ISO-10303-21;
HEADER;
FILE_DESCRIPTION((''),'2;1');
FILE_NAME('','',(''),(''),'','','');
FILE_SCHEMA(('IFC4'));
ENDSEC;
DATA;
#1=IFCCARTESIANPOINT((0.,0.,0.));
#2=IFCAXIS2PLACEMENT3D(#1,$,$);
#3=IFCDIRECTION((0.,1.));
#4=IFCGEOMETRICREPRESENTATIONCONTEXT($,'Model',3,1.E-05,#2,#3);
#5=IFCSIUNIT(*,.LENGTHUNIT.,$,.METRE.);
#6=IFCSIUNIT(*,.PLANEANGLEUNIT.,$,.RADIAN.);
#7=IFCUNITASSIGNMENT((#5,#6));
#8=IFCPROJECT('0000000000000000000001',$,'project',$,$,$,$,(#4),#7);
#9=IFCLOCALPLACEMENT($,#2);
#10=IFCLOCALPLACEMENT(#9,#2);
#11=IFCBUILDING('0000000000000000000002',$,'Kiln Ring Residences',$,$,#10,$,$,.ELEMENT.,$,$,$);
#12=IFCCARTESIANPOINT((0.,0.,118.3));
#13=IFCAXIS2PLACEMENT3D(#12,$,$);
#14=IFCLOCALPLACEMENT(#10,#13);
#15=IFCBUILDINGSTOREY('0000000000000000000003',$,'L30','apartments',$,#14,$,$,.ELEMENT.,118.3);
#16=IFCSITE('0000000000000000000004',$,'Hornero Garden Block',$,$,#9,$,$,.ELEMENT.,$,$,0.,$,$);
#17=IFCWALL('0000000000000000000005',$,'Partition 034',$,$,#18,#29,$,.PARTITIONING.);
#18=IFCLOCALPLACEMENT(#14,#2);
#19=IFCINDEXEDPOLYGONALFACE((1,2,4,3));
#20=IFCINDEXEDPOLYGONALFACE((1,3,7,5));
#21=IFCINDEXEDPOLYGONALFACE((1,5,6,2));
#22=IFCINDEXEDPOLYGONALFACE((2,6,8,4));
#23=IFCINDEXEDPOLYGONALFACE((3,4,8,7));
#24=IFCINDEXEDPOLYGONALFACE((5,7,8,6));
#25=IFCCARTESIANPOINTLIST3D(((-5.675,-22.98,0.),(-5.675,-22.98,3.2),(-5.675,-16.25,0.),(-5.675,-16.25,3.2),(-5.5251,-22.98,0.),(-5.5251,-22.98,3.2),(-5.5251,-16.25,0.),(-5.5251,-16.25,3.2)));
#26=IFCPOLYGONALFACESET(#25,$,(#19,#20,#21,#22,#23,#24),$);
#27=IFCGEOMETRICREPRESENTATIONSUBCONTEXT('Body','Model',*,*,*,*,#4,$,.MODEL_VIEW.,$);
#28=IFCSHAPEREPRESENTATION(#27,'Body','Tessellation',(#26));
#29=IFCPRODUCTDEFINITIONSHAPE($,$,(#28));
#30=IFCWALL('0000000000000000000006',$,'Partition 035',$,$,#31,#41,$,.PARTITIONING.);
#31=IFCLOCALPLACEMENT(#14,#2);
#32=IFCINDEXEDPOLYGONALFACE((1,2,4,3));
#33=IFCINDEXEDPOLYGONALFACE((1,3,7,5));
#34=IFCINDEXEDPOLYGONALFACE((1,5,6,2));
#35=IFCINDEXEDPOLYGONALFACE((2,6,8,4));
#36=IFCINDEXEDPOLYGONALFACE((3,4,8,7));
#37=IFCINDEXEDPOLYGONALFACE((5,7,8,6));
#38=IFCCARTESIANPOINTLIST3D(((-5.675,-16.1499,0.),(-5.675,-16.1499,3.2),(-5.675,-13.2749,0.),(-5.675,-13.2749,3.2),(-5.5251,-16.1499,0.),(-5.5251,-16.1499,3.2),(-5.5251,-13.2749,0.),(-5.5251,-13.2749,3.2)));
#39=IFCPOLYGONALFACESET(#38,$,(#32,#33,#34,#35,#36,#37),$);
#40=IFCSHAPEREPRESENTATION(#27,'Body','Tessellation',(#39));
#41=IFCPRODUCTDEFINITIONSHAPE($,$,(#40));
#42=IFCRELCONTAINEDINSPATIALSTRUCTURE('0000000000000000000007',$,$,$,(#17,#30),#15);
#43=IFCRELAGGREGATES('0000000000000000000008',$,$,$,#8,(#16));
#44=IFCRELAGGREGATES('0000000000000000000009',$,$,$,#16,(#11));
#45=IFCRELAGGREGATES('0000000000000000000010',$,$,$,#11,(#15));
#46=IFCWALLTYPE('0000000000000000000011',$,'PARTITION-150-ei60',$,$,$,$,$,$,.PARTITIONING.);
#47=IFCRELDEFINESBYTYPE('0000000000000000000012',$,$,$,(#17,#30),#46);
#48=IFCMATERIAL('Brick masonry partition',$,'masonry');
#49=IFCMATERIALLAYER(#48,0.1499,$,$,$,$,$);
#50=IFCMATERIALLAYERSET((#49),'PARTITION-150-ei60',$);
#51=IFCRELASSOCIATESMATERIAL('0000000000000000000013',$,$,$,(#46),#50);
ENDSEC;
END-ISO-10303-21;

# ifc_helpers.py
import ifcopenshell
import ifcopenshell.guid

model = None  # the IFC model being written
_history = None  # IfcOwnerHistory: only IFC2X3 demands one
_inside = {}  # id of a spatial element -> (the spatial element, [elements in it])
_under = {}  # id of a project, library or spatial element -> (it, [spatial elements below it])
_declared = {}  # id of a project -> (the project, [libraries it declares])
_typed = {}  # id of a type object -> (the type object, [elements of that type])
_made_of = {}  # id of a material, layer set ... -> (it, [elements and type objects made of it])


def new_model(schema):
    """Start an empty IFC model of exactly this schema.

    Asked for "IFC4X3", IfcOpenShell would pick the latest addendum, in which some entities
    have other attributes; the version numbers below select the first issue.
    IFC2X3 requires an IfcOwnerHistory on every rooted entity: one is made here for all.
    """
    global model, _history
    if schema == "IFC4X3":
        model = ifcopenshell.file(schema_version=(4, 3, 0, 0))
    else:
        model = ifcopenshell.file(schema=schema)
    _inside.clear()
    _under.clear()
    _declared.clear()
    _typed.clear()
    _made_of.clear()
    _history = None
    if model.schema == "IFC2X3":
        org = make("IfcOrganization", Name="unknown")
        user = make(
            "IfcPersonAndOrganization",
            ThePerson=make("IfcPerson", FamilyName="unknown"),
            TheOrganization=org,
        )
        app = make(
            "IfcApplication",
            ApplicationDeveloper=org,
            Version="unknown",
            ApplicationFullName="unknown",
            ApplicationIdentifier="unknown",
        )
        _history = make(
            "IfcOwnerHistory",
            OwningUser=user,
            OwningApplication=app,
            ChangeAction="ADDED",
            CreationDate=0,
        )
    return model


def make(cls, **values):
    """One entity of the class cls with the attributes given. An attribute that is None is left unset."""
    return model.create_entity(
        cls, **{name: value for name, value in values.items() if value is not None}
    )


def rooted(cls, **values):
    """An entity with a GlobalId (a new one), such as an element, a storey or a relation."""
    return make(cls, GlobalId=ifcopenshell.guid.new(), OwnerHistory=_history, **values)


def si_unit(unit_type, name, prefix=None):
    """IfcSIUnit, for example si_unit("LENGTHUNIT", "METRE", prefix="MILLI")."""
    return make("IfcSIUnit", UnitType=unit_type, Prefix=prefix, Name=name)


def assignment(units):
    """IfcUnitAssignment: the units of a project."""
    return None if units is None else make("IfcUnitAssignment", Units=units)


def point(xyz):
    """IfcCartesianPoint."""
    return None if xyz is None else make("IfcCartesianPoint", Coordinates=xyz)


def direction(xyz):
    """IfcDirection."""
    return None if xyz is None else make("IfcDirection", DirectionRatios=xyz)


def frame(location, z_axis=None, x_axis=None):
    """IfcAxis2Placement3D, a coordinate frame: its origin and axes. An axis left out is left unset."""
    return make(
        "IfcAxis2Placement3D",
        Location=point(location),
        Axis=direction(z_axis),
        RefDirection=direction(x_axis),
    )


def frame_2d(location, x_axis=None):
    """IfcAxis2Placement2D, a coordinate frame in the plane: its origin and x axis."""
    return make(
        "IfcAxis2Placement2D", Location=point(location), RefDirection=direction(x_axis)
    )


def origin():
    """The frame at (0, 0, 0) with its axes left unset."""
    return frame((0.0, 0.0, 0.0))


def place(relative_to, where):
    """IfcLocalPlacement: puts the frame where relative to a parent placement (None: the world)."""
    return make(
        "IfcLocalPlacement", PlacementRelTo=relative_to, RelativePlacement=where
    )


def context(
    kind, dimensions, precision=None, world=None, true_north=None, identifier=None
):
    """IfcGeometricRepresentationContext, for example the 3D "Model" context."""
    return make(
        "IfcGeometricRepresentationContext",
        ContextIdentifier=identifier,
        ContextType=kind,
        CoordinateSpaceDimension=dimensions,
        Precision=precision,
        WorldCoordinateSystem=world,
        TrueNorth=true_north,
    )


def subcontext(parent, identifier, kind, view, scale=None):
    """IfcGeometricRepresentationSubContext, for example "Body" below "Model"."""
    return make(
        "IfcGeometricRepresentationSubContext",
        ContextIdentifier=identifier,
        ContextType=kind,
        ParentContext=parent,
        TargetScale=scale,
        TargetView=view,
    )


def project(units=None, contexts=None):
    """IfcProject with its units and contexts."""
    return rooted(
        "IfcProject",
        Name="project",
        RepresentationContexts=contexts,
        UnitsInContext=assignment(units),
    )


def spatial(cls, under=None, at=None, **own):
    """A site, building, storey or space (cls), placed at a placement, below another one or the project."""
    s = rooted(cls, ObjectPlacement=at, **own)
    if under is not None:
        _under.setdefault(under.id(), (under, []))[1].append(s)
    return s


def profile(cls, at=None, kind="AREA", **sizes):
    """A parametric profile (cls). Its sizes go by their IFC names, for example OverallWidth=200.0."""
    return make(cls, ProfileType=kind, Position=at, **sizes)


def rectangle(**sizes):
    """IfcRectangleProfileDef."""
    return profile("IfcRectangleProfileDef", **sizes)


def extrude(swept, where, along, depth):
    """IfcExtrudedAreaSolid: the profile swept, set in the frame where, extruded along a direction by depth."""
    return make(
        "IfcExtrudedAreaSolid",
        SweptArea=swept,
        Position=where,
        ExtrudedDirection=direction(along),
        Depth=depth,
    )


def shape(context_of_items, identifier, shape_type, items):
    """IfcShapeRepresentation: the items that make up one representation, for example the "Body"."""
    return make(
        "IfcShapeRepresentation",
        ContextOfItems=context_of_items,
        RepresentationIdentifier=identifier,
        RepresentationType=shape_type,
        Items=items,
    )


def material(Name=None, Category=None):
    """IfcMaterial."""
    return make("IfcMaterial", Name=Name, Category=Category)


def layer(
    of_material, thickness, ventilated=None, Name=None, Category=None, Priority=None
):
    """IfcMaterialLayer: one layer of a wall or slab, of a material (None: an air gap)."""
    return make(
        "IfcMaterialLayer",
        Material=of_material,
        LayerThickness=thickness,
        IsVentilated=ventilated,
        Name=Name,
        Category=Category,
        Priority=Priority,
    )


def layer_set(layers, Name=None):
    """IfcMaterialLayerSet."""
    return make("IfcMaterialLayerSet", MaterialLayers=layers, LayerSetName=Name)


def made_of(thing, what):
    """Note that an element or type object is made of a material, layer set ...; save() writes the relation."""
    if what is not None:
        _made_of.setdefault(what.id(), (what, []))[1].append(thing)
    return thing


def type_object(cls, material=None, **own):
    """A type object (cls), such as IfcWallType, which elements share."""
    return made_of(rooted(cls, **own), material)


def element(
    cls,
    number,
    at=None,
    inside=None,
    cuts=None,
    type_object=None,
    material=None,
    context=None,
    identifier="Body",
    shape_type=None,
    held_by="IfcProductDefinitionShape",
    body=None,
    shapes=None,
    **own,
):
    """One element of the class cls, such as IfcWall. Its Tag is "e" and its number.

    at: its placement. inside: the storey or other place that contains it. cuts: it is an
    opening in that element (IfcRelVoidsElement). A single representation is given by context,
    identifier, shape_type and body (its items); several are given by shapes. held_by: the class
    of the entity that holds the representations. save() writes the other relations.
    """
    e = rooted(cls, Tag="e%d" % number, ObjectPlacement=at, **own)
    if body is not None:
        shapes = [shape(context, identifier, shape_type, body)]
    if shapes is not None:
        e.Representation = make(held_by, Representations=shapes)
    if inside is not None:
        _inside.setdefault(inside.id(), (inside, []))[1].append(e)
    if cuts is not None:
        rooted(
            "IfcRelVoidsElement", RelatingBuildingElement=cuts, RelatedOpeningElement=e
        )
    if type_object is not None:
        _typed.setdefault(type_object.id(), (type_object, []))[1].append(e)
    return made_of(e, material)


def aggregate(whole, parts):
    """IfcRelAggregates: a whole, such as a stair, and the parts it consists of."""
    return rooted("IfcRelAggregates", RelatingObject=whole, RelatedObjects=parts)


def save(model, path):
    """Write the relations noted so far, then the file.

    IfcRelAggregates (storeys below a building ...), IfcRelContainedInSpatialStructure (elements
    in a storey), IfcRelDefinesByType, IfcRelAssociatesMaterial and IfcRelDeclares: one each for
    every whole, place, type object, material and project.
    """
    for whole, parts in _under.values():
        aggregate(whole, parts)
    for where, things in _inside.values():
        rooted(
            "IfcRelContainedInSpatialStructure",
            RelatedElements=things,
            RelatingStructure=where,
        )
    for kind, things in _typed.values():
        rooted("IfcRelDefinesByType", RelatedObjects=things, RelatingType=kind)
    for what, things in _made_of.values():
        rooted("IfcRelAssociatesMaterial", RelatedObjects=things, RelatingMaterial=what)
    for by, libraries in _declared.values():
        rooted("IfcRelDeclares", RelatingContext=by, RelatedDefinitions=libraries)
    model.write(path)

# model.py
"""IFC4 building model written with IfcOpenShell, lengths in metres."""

from ifc_helpers import new_model, si_unit, direction, frame, frame_2d, origin, place, context, subcontext, project, spatial, rectangle, extrude, material, layer, layer_set, type_object, element, save


model = new_model("IFC4")

# Units and contexts
model_context = context("Model", 3, precision=1e-05, world=origin(), true_north=direction((0.0, 1.0)))
body_context = subcontext(model_context, "Body", "Model", "MODEL_VIEW")
ifc_project = project(units=[si_unit("LENGTHUNIT", "METRE"), si_unit("PLANEANGLEUNIT", "RADIAN")], contexts=[model_context])

# Site, building, storey
site_placement = place(None, origin())
site = spatial("IfcSite", under=ifc_project, at=site_placement, Name="Hornero Garden Block", CompositionType="ELEMENT", RefElevation=0.0)
building_placement = place(site_placement, origin())
building = spatial("IfcBuilding", under=site, at=building_placement, Name="Kiln Ring Residences", CompositionType="ELEMENT")
storey_placement = place(building_placement, frame((0.0, 0.0, 118.3)))
storey = spatial("IfcBuildingStorey", under=building, at=storey_placement, Name="L30", Description="apartments", CompositionType="ELEMENT", Elevation=118.3)

# Walls
ifc_material_1 = material(Name="Brick masonry partition", Category="masonry")
ifc_layer_1 = layer(ifc_material_1, 0.1499)
ifc_layer_set_1 = layer_set([ifc_layer_1], Name="PARTITION-150-ei60")
wall_type_1 = type_object("IfcWallType", Name="PARTITION-150-ei60", PredefinedType="PARTITIONING", material=ifc_layer_set_1)
wall_1_placement = place(storey_placement, frame((-5.6001, -22.98, 0.0), z_axis=(0.0, 0.0, 1.0), x_axis=(0.0, 1.0, 0.0)))
element("IfcWall", 1, at=wall_1_placement, inside=storey, type_object=wall_type_1, Name="Partition 034", PredefinedType="PARTITIONING", context=body_context, shape_type="SweptSolid", body=[
    extrude(rectangle(XDim=6.73, YDim=0.1499, at=frame_2d((3.365, 0.0))), origin(), (0.0, 0.0, 1.0), 3.2),
])
wall_2_placement = place(storey_placement, frame((-5.6001, -16.1499, 0.0), z_axis=(0.0, 0.0, 1.0), x_axis=(0.0, 1.0, 0.0)))
element("IfcWall", 2, at=wall_2_placement, inside=storey, type_object=wall_type_1, Name="Partition 035", PredefinedType="PARTITIONING", context=body_context, shape_type="SweptSolid", body=[
    extrude(rectangle(XDim=2.875, YDim=0.1499, at=frame_2d((1.4375, 0.0))), origin(), (0.0, 0.0, 1.0), 3.2),
])

save(model, "model.ifc")
